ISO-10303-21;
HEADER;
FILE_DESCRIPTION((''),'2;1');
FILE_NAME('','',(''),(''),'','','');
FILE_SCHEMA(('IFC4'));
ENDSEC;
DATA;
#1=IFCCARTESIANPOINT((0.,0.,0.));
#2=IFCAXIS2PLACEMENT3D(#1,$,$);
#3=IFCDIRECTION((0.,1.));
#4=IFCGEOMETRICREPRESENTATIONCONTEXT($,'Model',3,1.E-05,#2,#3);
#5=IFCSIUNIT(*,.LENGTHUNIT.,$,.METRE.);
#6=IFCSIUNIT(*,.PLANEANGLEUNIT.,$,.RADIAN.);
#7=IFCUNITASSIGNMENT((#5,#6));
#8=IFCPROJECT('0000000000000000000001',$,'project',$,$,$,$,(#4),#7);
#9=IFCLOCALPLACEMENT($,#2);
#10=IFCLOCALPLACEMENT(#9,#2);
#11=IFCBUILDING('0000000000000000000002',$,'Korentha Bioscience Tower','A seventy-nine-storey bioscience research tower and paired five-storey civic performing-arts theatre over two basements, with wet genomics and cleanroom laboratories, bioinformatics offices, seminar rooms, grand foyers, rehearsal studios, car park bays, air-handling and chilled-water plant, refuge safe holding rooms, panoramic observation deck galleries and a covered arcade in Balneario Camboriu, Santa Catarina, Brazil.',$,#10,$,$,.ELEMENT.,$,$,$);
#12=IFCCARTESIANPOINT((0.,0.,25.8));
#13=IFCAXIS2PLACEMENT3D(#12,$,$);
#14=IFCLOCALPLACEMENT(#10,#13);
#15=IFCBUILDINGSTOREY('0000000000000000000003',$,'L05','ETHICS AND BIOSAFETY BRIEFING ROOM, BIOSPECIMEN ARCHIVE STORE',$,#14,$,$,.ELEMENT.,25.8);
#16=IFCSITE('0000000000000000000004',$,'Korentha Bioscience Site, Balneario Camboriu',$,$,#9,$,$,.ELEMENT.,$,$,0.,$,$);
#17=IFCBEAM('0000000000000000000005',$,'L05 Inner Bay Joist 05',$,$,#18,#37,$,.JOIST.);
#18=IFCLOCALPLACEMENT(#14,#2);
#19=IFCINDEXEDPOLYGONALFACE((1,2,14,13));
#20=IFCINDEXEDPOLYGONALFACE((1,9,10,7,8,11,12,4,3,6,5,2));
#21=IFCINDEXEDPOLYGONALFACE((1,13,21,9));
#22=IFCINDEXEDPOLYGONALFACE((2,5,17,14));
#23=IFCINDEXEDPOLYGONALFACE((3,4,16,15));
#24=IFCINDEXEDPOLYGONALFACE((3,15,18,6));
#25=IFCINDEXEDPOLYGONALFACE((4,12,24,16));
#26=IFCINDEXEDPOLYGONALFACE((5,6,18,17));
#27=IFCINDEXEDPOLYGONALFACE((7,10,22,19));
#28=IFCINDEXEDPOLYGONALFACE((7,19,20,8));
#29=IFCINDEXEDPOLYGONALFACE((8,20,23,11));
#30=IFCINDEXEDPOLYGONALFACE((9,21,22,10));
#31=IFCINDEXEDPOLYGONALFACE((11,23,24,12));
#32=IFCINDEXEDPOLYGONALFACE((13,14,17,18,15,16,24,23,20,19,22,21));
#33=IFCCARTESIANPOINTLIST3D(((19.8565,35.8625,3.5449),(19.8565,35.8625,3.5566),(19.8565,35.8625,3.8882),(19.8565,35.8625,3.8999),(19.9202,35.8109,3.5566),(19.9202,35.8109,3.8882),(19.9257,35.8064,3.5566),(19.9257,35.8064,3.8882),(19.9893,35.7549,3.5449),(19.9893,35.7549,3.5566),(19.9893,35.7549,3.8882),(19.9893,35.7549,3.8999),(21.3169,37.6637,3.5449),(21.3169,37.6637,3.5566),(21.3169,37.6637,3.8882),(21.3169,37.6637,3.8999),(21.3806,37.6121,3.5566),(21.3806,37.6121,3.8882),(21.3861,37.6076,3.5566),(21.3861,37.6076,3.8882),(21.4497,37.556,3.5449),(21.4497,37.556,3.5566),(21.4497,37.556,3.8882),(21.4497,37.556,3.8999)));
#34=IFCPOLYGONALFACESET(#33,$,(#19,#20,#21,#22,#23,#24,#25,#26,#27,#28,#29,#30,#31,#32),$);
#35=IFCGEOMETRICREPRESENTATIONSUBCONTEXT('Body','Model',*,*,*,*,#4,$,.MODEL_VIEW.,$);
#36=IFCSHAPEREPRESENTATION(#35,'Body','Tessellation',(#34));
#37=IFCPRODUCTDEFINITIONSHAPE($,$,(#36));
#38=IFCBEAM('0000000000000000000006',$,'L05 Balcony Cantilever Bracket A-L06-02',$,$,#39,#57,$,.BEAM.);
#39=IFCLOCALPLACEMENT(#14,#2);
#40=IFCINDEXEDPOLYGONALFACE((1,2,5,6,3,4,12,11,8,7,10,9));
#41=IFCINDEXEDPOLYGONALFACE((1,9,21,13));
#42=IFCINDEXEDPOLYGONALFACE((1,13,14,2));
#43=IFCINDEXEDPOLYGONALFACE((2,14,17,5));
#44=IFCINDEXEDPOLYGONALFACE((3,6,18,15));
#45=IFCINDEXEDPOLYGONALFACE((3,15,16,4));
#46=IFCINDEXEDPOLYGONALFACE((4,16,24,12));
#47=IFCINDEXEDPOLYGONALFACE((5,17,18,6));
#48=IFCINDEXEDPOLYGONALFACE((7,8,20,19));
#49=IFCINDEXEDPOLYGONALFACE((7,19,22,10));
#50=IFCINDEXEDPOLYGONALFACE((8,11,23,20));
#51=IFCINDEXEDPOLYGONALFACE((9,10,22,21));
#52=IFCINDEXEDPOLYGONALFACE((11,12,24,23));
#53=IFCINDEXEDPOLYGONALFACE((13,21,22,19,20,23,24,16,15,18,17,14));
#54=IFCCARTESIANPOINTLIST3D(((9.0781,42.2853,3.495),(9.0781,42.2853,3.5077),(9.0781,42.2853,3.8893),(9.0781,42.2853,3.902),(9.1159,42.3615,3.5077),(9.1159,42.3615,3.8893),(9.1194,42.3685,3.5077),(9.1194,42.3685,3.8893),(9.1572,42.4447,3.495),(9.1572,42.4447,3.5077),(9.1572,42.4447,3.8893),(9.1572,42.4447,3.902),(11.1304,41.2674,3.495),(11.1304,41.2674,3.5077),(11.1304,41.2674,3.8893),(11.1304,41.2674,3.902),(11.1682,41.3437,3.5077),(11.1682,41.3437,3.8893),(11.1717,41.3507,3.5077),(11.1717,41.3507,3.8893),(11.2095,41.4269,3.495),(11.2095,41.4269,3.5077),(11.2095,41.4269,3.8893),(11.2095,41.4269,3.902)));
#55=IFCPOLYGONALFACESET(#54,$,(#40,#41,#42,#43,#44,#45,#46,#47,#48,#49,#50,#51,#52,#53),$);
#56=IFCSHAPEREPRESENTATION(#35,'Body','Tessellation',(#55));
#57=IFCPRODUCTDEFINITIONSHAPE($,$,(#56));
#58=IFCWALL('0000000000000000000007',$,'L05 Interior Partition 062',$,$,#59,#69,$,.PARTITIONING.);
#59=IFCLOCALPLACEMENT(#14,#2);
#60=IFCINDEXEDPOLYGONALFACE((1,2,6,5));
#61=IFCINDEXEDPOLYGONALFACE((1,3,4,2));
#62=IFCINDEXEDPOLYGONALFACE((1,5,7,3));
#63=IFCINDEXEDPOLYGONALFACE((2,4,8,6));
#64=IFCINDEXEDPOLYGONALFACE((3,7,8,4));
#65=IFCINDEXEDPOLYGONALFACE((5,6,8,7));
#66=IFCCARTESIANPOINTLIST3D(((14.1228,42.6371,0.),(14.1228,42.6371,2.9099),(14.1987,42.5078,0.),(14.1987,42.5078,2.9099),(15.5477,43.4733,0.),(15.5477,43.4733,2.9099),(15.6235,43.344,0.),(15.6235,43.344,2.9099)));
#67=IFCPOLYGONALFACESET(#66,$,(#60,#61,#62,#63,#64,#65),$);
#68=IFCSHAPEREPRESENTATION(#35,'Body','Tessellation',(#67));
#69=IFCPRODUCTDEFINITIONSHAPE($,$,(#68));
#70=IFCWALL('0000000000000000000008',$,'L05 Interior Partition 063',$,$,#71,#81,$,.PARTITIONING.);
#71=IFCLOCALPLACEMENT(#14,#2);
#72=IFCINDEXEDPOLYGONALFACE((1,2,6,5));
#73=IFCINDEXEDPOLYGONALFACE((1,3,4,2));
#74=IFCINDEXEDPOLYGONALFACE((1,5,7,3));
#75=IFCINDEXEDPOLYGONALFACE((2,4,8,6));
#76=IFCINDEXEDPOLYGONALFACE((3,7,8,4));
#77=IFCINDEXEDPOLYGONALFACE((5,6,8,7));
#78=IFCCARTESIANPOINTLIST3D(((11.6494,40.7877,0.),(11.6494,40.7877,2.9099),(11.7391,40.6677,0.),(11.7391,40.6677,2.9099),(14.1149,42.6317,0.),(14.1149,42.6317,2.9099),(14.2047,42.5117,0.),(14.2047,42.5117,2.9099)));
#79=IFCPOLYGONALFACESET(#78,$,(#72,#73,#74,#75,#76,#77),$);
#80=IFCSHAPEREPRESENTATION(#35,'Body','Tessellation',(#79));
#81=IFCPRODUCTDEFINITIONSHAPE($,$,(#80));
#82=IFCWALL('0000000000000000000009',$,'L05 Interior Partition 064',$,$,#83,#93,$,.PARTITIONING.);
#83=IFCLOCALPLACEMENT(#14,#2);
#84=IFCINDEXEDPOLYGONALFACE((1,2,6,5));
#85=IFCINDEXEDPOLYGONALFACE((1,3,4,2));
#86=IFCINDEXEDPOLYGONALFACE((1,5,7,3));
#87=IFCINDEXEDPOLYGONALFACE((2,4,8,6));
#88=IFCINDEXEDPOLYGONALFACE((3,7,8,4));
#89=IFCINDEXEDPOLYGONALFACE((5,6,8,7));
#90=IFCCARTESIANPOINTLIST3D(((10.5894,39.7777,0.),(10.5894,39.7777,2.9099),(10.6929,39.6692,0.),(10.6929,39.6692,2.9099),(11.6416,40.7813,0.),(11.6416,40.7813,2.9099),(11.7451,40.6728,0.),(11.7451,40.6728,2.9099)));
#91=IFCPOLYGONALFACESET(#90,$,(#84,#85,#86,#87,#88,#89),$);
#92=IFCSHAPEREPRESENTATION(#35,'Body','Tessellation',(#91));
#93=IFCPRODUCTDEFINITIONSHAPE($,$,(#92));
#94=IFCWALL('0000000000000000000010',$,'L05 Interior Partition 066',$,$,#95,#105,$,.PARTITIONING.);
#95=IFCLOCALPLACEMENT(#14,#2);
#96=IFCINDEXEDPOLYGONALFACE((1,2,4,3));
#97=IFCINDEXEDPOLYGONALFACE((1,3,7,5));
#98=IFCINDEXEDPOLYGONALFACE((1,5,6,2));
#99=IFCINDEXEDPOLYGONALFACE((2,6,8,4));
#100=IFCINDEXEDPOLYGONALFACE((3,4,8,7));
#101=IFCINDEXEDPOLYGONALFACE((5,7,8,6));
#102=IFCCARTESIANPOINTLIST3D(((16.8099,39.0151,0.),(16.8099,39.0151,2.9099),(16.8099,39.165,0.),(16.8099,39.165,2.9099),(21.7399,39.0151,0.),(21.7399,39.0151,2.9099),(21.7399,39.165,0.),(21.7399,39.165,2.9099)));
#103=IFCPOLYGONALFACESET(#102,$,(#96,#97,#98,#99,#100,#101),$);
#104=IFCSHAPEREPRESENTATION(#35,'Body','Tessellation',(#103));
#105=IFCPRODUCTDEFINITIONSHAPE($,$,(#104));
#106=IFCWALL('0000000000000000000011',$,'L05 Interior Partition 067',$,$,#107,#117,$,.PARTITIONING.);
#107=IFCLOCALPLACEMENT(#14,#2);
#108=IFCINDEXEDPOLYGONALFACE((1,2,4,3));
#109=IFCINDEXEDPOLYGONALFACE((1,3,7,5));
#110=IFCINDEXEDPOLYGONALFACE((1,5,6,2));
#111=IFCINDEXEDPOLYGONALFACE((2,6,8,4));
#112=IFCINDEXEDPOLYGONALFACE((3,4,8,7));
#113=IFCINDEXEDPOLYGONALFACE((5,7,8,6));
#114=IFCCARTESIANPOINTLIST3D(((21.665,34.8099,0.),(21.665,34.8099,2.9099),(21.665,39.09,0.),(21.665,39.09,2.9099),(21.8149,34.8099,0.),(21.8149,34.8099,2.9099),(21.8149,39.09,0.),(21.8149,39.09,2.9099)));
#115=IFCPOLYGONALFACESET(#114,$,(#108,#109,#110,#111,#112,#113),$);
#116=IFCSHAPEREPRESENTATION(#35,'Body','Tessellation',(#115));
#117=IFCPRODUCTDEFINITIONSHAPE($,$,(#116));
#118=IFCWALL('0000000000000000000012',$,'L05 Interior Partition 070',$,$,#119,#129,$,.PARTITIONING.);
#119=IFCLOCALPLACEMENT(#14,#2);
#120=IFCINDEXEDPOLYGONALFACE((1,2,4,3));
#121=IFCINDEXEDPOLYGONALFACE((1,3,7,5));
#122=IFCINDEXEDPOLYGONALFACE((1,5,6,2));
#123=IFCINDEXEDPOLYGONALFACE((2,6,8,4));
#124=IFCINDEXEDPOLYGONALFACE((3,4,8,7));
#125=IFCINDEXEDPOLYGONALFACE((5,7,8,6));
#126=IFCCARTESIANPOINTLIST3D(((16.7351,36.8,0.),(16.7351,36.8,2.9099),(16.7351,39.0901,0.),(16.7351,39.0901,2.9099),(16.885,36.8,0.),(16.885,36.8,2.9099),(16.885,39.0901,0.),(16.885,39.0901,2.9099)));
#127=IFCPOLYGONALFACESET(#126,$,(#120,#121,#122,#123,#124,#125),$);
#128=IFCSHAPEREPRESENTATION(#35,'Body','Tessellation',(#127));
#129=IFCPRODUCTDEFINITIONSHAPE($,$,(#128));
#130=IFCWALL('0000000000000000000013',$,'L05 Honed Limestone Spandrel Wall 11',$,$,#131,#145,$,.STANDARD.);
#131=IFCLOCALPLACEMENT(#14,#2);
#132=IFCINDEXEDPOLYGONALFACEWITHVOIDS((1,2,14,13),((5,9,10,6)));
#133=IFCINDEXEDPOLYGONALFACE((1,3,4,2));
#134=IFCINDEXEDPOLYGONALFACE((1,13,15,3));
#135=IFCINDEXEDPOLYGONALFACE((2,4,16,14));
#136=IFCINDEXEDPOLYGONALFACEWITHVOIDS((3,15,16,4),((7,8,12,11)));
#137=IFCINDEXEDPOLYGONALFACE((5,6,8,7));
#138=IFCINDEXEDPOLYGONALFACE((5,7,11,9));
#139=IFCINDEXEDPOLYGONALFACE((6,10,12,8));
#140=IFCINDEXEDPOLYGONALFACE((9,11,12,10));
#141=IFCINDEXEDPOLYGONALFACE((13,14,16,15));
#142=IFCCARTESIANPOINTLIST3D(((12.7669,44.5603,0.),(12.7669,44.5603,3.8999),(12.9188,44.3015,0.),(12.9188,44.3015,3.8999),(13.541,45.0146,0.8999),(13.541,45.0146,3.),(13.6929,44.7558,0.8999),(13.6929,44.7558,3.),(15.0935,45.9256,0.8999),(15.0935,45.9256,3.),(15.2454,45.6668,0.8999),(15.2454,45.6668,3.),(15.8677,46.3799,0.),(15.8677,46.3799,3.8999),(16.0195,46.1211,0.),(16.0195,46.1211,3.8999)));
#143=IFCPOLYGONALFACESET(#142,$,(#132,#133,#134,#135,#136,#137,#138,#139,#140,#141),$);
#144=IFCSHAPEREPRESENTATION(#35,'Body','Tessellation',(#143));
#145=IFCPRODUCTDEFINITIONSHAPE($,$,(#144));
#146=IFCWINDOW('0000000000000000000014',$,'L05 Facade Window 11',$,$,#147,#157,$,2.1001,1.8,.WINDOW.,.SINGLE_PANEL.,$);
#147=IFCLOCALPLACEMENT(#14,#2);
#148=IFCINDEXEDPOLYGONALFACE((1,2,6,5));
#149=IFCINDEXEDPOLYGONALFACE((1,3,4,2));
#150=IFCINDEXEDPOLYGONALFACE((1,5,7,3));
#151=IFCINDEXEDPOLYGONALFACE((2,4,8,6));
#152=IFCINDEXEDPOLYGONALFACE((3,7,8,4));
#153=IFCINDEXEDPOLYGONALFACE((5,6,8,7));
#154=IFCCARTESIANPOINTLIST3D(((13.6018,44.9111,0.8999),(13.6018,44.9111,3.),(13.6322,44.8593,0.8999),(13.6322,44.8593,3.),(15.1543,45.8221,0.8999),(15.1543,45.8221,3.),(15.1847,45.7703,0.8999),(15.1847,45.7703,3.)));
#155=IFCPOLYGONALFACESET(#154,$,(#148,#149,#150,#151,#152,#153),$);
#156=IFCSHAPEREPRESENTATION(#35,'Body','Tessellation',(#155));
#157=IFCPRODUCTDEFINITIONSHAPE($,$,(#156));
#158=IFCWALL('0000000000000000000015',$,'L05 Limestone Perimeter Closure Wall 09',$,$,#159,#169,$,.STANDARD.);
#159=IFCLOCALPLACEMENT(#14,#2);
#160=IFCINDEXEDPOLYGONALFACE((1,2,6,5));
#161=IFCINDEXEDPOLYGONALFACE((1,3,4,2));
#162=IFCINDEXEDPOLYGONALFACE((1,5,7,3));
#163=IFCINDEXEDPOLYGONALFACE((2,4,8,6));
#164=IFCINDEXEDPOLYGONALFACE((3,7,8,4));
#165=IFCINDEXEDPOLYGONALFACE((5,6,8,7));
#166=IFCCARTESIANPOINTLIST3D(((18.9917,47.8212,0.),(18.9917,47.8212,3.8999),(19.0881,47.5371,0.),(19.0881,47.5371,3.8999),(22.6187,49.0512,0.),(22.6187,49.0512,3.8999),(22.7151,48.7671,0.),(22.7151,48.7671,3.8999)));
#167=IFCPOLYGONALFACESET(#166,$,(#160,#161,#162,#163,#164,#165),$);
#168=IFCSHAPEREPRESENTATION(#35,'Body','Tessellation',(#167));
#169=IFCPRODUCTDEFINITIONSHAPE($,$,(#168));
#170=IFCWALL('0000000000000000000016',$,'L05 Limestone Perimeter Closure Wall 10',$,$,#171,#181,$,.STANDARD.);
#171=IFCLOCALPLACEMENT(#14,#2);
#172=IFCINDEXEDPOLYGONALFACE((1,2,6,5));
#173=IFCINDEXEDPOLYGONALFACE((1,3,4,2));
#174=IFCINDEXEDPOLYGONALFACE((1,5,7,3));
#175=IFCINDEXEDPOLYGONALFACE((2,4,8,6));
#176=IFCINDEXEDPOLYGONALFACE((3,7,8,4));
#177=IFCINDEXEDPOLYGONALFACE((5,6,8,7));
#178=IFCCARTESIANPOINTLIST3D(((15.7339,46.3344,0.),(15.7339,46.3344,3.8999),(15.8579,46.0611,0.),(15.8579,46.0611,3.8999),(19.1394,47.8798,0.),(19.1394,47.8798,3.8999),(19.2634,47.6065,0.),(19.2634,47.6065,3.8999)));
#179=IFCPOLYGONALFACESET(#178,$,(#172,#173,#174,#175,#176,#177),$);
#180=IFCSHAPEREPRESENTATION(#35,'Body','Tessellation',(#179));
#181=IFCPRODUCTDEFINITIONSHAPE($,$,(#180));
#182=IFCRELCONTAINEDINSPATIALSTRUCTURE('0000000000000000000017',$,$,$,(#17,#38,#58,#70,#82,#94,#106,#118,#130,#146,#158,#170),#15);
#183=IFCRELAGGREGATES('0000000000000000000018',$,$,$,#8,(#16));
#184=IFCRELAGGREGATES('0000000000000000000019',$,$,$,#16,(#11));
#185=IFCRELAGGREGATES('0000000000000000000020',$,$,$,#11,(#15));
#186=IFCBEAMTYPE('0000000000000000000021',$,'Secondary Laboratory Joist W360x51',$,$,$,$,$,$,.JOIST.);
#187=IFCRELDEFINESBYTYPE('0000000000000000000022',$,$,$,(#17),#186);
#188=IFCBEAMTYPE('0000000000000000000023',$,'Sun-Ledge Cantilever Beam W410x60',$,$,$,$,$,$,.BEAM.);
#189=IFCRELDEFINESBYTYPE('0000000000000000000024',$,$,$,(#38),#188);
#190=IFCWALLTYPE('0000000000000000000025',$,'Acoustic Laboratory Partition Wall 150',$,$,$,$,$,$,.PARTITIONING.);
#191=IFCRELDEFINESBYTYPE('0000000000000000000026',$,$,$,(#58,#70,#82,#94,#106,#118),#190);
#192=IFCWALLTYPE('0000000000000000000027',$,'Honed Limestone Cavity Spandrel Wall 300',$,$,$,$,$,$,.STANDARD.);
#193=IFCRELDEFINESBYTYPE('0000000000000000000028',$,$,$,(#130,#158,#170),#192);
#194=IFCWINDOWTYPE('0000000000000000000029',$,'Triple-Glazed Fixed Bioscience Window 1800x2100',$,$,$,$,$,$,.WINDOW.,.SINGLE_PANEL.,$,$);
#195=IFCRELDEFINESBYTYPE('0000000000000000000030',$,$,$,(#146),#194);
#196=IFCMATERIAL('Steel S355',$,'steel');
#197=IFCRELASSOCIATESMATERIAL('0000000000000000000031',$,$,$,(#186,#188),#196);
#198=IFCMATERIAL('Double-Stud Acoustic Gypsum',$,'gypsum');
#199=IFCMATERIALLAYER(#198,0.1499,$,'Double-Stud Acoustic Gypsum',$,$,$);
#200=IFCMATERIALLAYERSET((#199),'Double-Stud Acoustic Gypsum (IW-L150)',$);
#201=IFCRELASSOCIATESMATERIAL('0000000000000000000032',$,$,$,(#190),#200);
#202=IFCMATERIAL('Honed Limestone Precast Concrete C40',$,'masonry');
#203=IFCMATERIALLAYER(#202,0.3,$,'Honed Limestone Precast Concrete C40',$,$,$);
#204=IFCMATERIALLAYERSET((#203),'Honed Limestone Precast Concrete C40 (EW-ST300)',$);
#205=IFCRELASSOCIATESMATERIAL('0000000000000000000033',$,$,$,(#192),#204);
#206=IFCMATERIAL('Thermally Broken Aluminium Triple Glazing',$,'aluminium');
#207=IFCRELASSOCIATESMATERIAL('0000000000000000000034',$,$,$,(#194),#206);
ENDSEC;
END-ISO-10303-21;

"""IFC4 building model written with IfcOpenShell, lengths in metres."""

from ifc_helpers import new_model, si_unit, direction, frame, frame_2d, origin, origin_2d, place, context, subcontext, project, spatial, rectangle, i_section, extrude, material, layer, layer_set, material_profile, profile_set, type_object, element, fill, save


model = new_model("IFC4")

# Units and contexts
model_context = context("Model", 3, precision=1e-05, world=origin(), true_north=direction((0.0, 1.0)))
body_context = subcontext(model_context, "Body", "Model", "MODEL_VIEW")
ifc_project = project(units=[si_unit("LENGTHUNIT", "METRE"), si_unit("PLANEANGLEUNIT", "RADIAN")], contexts=[model_context])

# Site, building, storey
site_placement = place(None, origin())
site = spatial("IfcSite", under=ifc_project, at=site_placement, Name="Korentha Bioscience Site, Balneario Camboriu", CompositionType="ELEMENT", RefElevation=0.0)
building_placement = place(site_placement, origin())
building = spatial("IfcBuilding", under=site, at=building_placement, Name="Korentha Bioscience Tower", Description="A seventy-nine-storey bioscience research tower and paired five-storey civic performing-arts theatre over two basements, with wet genomics and cleanroom laboratories, bioinformatics offices, seminar rooms, grand foyers, rehearsal studios, car park bays, air-handling and chilled-water plant, refuge safe holding rooms, panoramic observation deck galleries and a covered arcade in Balneario Camboriu, Santa Catarina, Brazil.", CompositionType="ELEMENT")
storey_placement = place(building_placement, frame((0.0, 0.0, 25.8)))
storey = spatial("IfcBuildingStorey", under=building, at=storey_placement, Name="L05", Description="ETHICS AND BIOSAFETY BRIEFING ROOM, BIOSPECIMEN ARCHIVE STORE", CompositionType="ELEMENT", Elevation=25.8)

# Beams
ifc_material_1 = material(Name="Steel S355", Category="steel")
ifc_material_profile_1 = material_profile(ifc_material_1, i_section(OverallWidth=0.1709, OverallDepth=0.355, WebThickness=0.0071, FlangeThickness=0.0117, at=origin_2d()), Name="Steel S355")
ifc_profile_set_1 = profile_set([ifc_material_profile_1], Name="Steel S355 (JB-360)")
beam_type_1 = type_object("IfcBeamType", Name="Secondary Laboratory Joist W360x51", PredefinedType="JOIST", material=ifc_profile_set_1)
beam_1_placement = place(storey_placement, frame((21.3833, 37.6099, 3.7224), z_axis=(-0.629792, -0.776764, 0.0), x_axis=(0.776764, -0.629792, 0.0)))
element("IfcBeam", 1, at=beam_1_placement, inside=storey, type_object=beam_type_1, Name="L05 Inner Bay Joist 05", PredefinedType="JOIST", context=body_context, shape_type="SweptSolid", body=[
    extrude(i_section(OverallWidth=0.1709, OverallDepth=0.355, WebThickness=0.0071, FlangeThickness=0.0117, at=origin_2d()), origin(), (0.0, 0.0, 1.0), 2.3188),
])
ifc_material_profile_2 = material_profile(ifc_material_1, i_section(OverallWidth=0.178, OverallDepth=0.407, WebThickness=0.0078, FlangeThickness=0.0127, at=origin_2d()), Name="Steel S355")
ifc_profile_set_2 = profile_set([ifc_material_profile_2], Name="Steel S355 (CB-410)")
beam_type_2 = type_object("IfcBeamType", Name="Sun-Ledge Cantilever Beam W410x60", PredefinedType="BEAM", material=ifc_profile_set_2)
beam_2_placement = place(storey_placement, frame((11.1699, 41.3472, 3.6985), z_axis=(-0.895872, 0.444312, 0.0), x_axis=(-0.444312, -0.895872, 0.0)))
element("IfcBeam", 2, at=beam_2_placement, inside=storey, type_object=beam_type_2, Name="L05 Balcony Cantilever Bracket A-L06-02", PredefinedType="BEAM", context=body_context, shape_type="SweptSolid", body=[
    extrude(i_section(OverallWidth=0.178, OverallDepth=0.407, WebThickness=0.0078, FlangeThickness=0.0127, at=origin_2d()), origin(), (0.0, 0.0, 1.0), 2.2908),
])

# Walls
ifc_material_2 = material(Name="Double-Stud Acoustic Gypsum", Category="gypsum")
ifc_layer_1 = layer(ifc_material_2, 0.1499, Name="Double-Stud Acoustic Gypsum")
ifc_layer_set_1 = layer_set([ifc_layer_1], Name="Double-Stud Acoustic Gypsum (IW-L150)")
wall_type_1 = type_object("IfcWallType", Name="Acoustic Laboratory Partition Wall 150", PredefinedType="PARTITIONING", material=ifc_layer_set_1)
wall_1_placement = place(storey_placement, frame((15.5857, 43.4087, 0.0), z_axis=(0.0, 0.0, 1.0), x_axis=(-0.862447, -0.506148, 0.0)))
element("IfcWall", 3, at=wall_1_placement, inside=storey, type_object=wall_type_1, Name="L05 Interior Partition 062", PredefinedType="PARTITIONING", context=body_context, shape_type="SweptSolid", body=[
    extrude(rectangle(XDim=1.6521, YDim=0.1499, at=frame_2d((0.8262, 0.0))), origin(), (0.0, 0.0, 1.0), 2.9099),
])
wall_2_placement = place(storey_placement, frame((14.1599, 42.5718, 0.0), z_axis=(0.0, 0.0, 1.0), x_axis=(-0.800808, -0.598921, 0.0)))
element("IfcWall", 4, at=wall_2_placement, inside=storey, type_object=wall_type_1, Name="L05 Interior Partition 063", PredefinedType="PARTITIONING", context=body_context, shape_type="SweptSolid", body=[
    extrude(rectangle(XDim=3.0789, YDim=0.1499, at=frame_2d((1.5396, 0.0))), origin(), (0.0, 0.0, 1.0), 2.9099),
])
wall_3_placement = place(storey_placement, frame((11.6934, 40.7271, 0.0), z_axis=(0.0, 0.0, 1.0), x_axis=(-0.723615, -0.690204, 0.0)))
element("IfcWall", 5, at=wall_3_placement, inside=storey, type_object=wall_type_1, Name="L05 Interior Partition 064", PredefinedType="PARTITIONING", context=body_context, shape_type="SweptSolid", body=[
    extrude(rectangle(XDim=1.4541, YDim=0.1499, at=frame_2d((0.7271, 0.0))), origin(), (0.0, 0.0, 1.0), 2.9099),
])
wall_4_placement = place(storey_placement, frame((16.8101, 39.0901, 0.0), z_axis=(0.0, 0.0, 1.0), x_axis=(1.0, 0.0, 0.0)))
element("IfcWall", 6, at=wall_4_placement, inside=storey, type_object=wall_type_1, Name="L05 Interior Partition 066", PredefinedType="PARTITIONING", context=body_context, shape_type="SweptSolid", body=[
    extrude(rectangle(XDim=4.9299, YDim=0.1499, at=frame_2d((2.4648, 0.0))), origin(), (0.0, 0.0, 1.0), 2.9099),
])
wall_5_placement = place(storey_placement, frame((21.74, 39.0901, 0.0), z_axis=(0.0, 0.0, 1.0), x_axis=(0.0, -1.0, 0.0)))
element("IfcWall", 7, at=wall_5_placement, inside=storey, type_object=wall_type_1, Name="L05 Interior Partition 067", PredefinedType="PARTITIONING", context=body_context, shape_type="SweptSolid", body=[
    extrude(rectangle(XDim=4.28, YDim=0.1499, at=frame_2d((2.1401, 0.0))), origin(), (0.0, 0.0, 1.0), 2.9099),
])
wall_6_placement = place(storey_placement, frame((16.8101, 36.8, 0.0), z_axis=(0.0, 0.0, 1.0), x_axis=(0.0, 1.0, 0.0)))
element("IfcWall", 8, at=wall_6_placement, inside=storey, type_object=wall_type_1, Name="L05 Interior Partition 070", PredefinedType="PARTITIONING", context=body_context, shape_type="SweptSolid", body=[
    extrude(rectangle(XDim=2.29, YDim=0.1499, at=frame_2d((1.145, 0.0))), origin(), (0.0, 0.0, 1.0), 2.9099),
])

# Wall, opening, window
ifc_material_3 = material(Name="Honed Limestone Precast Concrete C40", Category="masonry")
ifc_layer_2 = layer(ifc_material_3, 0.3, Name="Honed Limestone Precast Concrete C40")
ifc_layer_set_2 = layer_set([ifc_layer_2], Name="Honed Limestone Precast Concrete C40 (EW-ST300)")
wall_type_2 = type_object("IfcWallType", Name="Honed Limestone Cavity Spandrel Wall 300", PredefinedType="STANDARD", material=ifc_layer_set_2)
wall_7_placement = place(storey_placement, frame((15.9436, 46.2505, 0.0), z_axis=(0.0, 0.0, 1.0), x_axis=(-0.862473, -0.506103, 0.0)))
wall_7 = element("IfcWall", 9, at=wall_7_placement, inside=storey, type_object=wall_type_2, Name="L05 Honed Limestone Spandrel Wall 11", PredefinedType="STANDARD", context=body_context, shape_type="SweptSolid", body=[
    extrude(rectangle(XDim=3.5952, YDim=0.3, at=frame_2d((1.7976, 0.0))), origin(), (0.0, 0.0, 1.0), 3.8999),
])
opening_placement = place(wall_7_placement, frame((0.8977, 0.0, 0.8999)))
opening = element("IfcOpeningElement", 10, at=opening_placement, cuts=wall_7, PredefinedType="OPENING", context=body_context, shape_type="SweptSolid", body=[
    extrude(rectangle(XDim=1.8, YDim=2.1001, at=frame_2d((0.8999, 1.05))), frame((0.0, 0.165, 0.0), z_axis=(0.0, -1.0, 0.0), x_axis=(1.0, 0.0, 0.0)), (0.0, 0.0, 1.0), 0.3298),
])
ifc_material_4 = material(Name="Thermally Broken Aluminium Triple Glazing", Category="aluminium")
window_type = type_object("IfcWindowType", Name="Triple-Glazed Fixed Bioscience Window 1800x2100", PartitioningType="SINGLE_PANEL", PredefinedType="WINDOW", material=ifc_material_4)
window_placement = place(opening_placement, origin())
window = element("IfcWindow", 11, at=window_placement, inside=storey, type_object=window_type, Name="L05 Facade Window 11", OverallHeight=2.1001, OverallWidth=1.8, PartitioningType="SINGLE_PANEL", PredefinedType="WINDOW", context=body_context, shape_type="SweptSolid", body=[
    extrude(rectangle(XDim=1.8, YDim=2.1001, at=frame_2d((0.8999, 1.05))), frame((0.0, 0.03, 0.0), z_axis=(0.0, -1.0, 0.0), x_axis=(1.0, 0.0, 0.0)), (0.0, 0.0, 1.0), 0.0601),
])
fill(opening, window)

# Walls
wall_8_placement = place(storey_placement, frame((22.667, 48.9092, 0.0), z_axis=(0.0, 0.0, 1.0), x_axis=(-0.947026, -0.321158, 0.0)))
element("IfcWall", 12, at=wall_8_placement, inside=storey, type_object=wall_type_2, Name="L05 Limestone Perimeter Closure Wall 09", PredefinedType="STANDARD", context=body_context, shape_type="SweptSolid", body=[
    extrude(rectangle(XDim=3.8298, YDim=0.3, at=frame_2d((1.915, 0.0))), origin(), (0.0, 0.0, 1.0), 3.8999),
])
wall_9_placement = place(storey_placement, frame((19.2014, 47.7432, 0.0), z_axis=(0.0, 0.0, 1.0), x_axis=(-0.910623, -0.413237, 0.0)))
element("IfcWall", 13, at=wall_9_placement, inside=storey, type_object=wall_type_2, Name="L05 Limestone Perimeter Closure Wall 10", PredefinedType="STANDARD", context=body_context, shape_type="SweptSolid", body=[
    extrude(rectangle(XDim=3.7397, YDim=0.3, at=frame_2d((1.8699, 0.0))), origin(), (0.0, 0.0, 1.0), 3.8999),
])

save(model, "model.ifc")
